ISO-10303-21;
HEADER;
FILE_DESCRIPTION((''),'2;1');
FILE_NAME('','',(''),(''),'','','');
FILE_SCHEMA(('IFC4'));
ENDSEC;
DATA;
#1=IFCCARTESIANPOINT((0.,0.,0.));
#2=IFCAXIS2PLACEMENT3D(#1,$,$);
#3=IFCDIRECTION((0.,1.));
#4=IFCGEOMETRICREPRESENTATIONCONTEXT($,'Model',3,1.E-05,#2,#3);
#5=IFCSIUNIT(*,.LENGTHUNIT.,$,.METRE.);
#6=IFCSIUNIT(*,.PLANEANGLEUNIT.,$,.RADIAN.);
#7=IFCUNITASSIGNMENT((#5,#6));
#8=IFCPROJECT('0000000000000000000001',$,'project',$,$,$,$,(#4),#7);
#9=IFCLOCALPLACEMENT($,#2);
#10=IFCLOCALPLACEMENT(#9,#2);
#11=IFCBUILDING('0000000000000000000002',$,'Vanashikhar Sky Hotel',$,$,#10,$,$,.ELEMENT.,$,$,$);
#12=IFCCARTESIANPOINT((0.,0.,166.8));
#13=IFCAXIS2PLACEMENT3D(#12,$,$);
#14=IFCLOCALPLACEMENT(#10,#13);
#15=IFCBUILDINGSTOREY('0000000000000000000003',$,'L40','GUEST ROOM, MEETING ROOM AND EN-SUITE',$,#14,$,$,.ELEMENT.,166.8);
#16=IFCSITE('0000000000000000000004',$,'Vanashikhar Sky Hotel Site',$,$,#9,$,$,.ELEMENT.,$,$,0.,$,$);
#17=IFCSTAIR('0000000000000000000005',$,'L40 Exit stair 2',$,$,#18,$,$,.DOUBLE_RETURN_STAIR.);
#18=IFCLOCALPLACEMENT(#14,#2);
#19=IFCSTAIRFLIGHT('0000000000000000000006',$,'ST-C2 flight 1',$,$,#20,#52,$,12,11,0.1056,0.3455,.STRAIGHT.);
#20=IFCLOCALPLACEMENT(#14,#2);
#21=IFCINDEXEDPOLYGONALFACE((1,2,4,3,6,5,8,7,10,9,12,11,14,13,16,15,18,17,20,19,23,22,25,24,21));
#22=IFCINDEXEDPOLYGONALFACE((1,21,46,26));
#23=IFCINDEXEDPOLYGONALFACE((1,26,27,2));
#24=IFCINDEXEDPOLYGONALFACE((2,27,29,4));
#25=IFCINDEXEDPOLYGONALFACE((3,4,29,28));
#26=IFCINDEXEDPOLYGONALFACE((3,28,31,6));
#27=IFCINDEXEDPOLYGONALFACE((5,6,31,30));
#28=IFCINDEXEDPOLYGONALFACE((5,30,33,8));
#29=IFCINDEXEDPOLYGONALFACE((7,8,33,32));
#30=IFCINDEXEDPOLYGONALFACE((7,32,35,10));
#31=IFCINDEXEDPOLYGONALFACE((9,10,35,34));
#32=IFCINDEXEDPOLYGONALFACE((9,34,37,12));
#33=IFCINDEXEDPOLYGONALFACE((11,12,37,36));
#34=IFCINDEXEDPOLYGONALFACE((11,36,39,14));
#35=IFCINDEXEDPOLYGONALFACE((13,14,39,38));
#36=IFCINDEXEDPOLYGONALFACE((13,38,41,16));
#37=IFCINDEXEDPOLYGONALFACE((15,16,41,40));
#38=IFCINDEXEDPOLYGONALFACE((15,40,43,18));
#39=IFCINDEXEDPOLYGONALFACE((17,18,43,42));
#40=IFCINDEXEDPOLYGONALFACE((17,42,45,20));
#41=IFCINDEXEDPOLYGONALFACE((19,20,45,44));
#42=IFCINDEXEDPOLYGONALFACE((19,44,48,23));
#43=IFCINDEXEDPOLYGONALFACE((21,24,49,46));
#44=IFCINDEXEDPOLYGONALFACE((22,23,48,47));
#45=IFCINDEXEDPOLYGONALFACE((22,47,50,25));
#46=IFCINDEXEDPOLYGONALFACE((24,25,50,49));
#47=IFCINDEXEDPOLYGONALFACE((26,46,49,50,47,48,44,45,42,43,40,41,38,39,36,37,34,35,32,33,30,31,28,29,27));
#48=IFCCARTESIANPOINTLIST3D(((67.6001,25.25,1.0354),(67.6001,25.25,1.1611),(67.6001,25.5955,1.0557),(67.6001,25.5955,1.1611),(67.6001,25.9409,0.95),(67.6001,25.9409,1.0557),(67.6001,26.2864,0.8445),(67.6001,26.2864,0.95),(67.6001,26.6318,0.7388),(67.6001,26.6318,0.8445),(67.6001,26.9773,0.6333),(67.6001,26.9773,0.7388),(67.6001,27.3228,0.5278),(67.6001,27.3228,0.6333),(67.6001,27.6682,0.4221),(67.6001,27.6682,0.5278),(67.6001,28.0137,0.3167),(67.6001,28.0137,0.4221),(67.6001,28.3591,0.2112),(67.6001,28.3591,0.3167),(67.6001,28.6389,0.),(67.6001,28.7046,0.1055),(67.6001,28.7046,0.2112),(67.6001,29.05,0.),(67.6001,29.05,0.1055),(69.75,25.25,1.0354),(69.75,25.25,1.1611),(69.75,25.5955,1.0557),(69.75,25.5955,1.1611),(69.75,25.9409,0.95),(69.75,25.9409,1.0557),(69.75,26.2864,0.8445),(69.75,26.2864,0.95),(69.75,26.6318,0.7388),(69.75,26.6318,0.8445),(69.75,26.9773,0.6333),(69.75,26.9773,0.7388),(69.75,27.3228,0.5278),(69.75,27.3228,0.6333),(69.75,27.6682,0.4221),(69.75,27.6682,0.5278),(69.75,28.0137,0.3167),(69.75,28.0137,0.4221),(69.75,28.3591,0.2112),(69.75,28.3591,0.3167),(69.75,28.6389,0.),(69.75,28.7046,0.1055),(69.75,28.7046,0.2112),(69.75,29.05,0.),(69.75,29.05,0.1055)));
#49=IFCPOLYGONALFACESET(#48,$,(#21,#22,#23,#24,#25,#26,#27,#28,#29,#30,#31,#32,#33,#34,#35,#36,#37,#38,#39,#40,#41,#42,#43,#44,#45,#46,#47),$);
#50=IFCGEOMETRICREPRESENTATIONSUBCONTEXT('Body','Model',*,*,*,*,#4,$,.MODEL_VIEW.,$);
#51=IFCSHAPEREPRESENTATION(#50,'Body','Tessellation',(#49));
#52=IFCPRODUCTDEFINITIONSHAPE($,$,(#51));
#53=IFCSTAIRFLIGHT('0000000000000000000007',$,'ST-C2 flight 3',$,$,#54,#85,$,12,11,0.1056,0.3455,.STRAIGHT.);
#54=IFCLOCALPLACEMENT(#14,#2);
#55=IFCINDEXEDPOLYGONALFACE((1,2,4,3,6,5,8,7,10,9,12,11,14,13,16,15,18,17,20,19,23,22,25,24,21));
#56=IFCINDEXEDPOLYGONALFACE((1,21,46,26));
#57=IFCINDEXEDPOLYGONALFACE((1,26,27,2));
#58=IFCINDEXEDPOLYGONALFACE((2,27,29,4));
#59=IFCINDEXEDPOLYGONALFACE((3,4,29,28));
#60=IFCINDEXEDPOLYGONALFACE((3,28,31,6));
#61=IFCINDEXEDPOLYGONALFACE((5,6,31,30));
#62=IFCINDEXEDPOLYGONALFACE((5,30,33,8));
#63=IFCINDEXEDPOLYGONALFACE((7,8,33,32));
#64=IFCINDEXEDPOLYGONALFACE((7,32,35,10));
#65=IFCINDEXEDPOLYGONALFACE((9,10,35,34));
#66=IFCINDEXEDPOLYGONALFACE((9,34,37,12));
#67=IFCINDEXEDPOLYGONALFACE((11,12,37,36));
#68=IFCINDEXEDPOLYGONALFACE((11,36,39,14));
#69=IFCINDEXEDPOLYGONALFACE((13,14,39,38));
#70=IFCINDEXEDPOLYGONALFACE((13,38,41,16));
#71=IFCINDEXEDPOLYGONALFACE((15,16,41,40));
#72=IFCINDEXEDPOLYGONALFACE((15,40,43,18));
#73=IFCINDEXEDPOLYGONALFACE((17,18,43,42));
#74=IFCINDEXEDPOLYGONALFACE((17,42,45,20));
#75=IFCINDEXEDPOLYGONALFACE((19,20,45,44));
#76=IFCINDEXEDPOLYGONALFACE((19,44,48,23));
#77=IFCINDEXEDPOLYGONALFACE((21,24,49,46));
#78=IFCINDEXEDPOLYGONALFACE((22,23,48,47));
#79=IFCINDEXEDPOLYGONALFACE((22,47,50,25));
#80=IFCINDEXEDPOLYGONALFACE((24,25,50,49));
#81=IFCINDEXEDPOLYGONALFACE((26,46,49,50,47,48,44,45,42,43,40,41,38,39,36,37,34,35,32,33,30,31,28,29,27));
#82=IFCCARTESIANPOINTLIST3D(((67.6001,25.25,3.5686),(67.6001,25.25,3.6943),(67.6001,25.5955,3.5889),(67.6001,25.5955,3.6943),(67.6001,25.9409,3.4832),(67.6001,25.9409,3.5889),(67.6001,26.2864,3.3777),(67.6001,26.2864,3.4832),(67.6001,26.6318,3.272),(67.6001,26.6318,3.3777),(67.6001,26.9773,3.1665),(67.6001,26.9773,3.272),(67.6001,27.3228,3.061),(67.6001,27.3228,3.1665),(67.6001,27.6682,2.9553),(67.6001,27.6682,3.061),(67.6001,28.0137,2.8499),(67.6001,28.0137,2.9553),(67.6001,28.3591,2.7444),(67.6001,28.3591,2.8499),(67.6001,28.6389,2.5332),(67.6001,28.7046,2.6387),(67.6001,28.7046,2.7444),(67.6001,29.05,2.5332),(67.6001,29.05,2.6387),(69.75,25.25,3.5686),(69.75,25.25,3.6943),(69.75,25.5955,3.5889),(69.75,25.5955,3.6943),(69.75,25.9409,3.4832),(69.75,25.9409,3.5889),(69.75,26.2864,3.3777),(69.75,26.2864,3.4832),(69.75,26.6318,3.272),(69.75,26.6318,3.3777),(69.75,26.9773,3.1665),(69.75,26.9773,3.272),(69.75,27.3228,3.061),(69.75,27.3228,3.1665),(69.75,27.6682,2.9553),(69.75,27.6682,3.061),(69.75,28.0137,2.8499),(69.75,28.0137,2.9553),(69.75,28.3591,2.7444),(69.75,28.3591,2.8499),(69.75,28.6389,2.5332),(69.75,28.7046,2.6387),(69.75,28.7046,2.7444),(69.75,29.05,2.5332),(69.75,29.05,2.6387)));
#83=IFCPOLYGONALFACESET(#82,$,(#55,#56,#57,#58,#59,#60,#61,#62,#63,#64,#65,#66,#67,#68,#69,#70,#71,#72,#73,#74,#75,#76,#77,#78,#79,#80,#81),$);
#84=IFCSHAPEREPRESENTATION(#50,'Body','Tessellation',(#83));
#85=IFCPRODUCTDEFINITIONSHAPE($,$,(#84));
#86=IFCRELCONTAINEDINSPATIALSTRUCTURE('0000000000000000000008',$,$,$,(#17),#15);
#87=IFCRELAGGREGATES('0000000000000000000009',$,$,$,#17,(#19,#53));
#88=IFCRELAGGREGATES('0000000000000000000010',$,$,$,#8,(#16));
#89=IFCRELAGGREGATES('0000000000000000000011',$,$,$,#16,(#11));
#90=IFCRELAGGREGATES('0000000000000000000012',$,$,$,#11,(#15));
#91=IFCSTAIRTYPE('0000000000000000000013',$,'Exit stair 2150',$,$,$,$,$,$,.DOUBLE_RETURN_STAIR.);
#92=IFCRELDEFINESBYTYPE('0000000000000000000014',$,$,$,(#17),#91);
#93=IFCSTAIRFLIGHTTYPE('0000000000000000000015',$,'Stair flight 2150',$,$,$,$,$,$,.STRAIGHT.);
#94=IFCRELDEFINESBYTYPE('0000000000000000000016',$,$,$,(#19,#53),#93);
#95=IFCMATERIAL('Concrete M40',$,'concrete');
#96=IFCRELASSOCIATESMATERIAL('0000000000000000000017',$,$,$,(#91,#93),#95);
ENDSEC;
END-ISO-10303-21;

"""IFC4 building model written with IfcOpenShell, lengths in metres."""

from ifc_helpers import new_model, si_unit, direction, frame, origin, place, context, subcontext, project, spatial, polyline, outline, extrude, source, transform, mapped, material, type_object, element, aggregate, save


model = new_model("IFC4")

# Units and contexts
model_context = context("Model", 3, precision=1e-05, world=origin(), true_north=direction((0.0, 1.0)))
body_context = subcontext(model_context, "Body", "Model", "MODEL_VIEW")
ifc_project = project(units=[si_unit("LENGTHUNIT", "METRE"), si_unit("PLANEANGLEUNIT", "RADIAN")], contexts=[model_context])

# Site, building, storey
site_placement = place(None, origin())
site = spatial("IfcSite", under=ifc_project, at=site_placement, Name="Vanashikhar Sky Hotel Site", CompositionType="ELEMENT", RefElevation=0.0)
building_placement = place(site_placement, origin())
building = spatial("IfcBuilding", under=site, at=building_placement, Name="Vanashikhar Sky Hotel", CompositionType="ELEMENT")
storey_placement = place(building_placement, frame((0.0, 0.0, 166.8)))
storey = spatial("IfcBuildingStorey", under=building, at=storey_placement, Name="L40", Description="GUEST ROOM, MEETING ROOM AND EN-SUITE", CompositionType="ELEMENT", Elevation=166.8)

# Shared definitions
ifc_material_1 = material(Name="Concrete M40", Category="concrete")

# Stair, stair flights
stair_type = type_object("IfcStairType", Name="Exit stair 2150", PredefinedType="DOUBLE_RETURN_STAIR", material=ifc_material_1)
stair_placement = place(storey_placement, origin())
stair = element("IfcStair", 1, at=stair_placement, inside=storey, type_object=stair_type, Name="L40 Exit stair 2", PredefinedType="DOUBLE_RETURN_STAIR")
stair_flight_type = type_object("IfcStairFlightType", Name="Stair flight 2150", PredefinedType="STRAIGHT", material=ifc_material_1)
shared_shape_1 = source(origin(), body_context, "Body", "SweptSolid", [
    extrude(outline(polyline([(0.0, 0.0), (0.0, 0.1055), (0.3455, 0.1055), (0.3455, 0.2112), (0.6909, 0.2112), (0.6909, 0.3167), (1.0364, 0.3167), (1.0364, 0.4221), (1.3818, 0.4221), (1.3818, 0.5278), (1.7273, 0.5278), (1.7273, 0.6333), (2.0728, 0.6333), (2.0728, 0.7388), (2.4182, 0.7388), (2.4182, 0.8445), (2.7637, 0.8445), (2.7637, 0.95), (3.1091, 0.95), (3.1091, 1.0557), (3.4546, 1.0557), (3.4546, 1.1611), (3.8, 1.1611), (3.8, 1.2666), (3.8, 1.0354), (0.4111, 0.0), (0.0, 0.0)])), frame((0.0, 1.075, 0.0), z_axis=(0.0, -1.0, 0.0), x_axis=(1.0, 0.0, 0.0)), (0.0, 0.0, 1.0), 2.1499),
])
stair_flight_1_placement = place(storey_placement, frame((68.675, 29.05, 0.0), z_axis=(0.0, 0.0, 1.0), x_axis=(0.0, -1.0, 0.0)))
stair_flight_1 = element("IfcStairFlight", 2, at=stair_flight_1_placement, type_object=stair_flight_type, Name="ST-C2 flight 1", NumberOfRisers=12, NumberOfTreads=11, PredefinedType="STRAIGHT", RiserHeight=0.1056, TreadLength=0.3455, context=body_context, shape_type="MappedRepresentation", body=[
    mapped(shared_shape_1, transform((0.0, 0.0, 0.0), scale=1.0)),
])
stair_flight_2_placement = place(storey_placement, frame((68.675, 29.05, 2.5332), z_axis=(0.0, 0.0, 1.0), x_axis=(0.0, -1.0, 0.0)))
stair_flight_2 = element("IfcStairFlight", 3, at=stair_flight_2_placement, type_object=stair_flight_type, Name="ST-C2 flight 3", NumberOfRisers=12, NumberOfTreads=11, PredefinedType="STRAIGHT", RiserHeight=0.1056, TreadLength=0.3455, context=body_context, shape_type="MappedRepresentation", body=[
    mapped(shared_shape_1, transform((0.0, 0.0, 0.0), scale=1.0)),
])
aggregate(stair, [stair_flight_1, stair_flight_2])

save(model, "model.ifc")
